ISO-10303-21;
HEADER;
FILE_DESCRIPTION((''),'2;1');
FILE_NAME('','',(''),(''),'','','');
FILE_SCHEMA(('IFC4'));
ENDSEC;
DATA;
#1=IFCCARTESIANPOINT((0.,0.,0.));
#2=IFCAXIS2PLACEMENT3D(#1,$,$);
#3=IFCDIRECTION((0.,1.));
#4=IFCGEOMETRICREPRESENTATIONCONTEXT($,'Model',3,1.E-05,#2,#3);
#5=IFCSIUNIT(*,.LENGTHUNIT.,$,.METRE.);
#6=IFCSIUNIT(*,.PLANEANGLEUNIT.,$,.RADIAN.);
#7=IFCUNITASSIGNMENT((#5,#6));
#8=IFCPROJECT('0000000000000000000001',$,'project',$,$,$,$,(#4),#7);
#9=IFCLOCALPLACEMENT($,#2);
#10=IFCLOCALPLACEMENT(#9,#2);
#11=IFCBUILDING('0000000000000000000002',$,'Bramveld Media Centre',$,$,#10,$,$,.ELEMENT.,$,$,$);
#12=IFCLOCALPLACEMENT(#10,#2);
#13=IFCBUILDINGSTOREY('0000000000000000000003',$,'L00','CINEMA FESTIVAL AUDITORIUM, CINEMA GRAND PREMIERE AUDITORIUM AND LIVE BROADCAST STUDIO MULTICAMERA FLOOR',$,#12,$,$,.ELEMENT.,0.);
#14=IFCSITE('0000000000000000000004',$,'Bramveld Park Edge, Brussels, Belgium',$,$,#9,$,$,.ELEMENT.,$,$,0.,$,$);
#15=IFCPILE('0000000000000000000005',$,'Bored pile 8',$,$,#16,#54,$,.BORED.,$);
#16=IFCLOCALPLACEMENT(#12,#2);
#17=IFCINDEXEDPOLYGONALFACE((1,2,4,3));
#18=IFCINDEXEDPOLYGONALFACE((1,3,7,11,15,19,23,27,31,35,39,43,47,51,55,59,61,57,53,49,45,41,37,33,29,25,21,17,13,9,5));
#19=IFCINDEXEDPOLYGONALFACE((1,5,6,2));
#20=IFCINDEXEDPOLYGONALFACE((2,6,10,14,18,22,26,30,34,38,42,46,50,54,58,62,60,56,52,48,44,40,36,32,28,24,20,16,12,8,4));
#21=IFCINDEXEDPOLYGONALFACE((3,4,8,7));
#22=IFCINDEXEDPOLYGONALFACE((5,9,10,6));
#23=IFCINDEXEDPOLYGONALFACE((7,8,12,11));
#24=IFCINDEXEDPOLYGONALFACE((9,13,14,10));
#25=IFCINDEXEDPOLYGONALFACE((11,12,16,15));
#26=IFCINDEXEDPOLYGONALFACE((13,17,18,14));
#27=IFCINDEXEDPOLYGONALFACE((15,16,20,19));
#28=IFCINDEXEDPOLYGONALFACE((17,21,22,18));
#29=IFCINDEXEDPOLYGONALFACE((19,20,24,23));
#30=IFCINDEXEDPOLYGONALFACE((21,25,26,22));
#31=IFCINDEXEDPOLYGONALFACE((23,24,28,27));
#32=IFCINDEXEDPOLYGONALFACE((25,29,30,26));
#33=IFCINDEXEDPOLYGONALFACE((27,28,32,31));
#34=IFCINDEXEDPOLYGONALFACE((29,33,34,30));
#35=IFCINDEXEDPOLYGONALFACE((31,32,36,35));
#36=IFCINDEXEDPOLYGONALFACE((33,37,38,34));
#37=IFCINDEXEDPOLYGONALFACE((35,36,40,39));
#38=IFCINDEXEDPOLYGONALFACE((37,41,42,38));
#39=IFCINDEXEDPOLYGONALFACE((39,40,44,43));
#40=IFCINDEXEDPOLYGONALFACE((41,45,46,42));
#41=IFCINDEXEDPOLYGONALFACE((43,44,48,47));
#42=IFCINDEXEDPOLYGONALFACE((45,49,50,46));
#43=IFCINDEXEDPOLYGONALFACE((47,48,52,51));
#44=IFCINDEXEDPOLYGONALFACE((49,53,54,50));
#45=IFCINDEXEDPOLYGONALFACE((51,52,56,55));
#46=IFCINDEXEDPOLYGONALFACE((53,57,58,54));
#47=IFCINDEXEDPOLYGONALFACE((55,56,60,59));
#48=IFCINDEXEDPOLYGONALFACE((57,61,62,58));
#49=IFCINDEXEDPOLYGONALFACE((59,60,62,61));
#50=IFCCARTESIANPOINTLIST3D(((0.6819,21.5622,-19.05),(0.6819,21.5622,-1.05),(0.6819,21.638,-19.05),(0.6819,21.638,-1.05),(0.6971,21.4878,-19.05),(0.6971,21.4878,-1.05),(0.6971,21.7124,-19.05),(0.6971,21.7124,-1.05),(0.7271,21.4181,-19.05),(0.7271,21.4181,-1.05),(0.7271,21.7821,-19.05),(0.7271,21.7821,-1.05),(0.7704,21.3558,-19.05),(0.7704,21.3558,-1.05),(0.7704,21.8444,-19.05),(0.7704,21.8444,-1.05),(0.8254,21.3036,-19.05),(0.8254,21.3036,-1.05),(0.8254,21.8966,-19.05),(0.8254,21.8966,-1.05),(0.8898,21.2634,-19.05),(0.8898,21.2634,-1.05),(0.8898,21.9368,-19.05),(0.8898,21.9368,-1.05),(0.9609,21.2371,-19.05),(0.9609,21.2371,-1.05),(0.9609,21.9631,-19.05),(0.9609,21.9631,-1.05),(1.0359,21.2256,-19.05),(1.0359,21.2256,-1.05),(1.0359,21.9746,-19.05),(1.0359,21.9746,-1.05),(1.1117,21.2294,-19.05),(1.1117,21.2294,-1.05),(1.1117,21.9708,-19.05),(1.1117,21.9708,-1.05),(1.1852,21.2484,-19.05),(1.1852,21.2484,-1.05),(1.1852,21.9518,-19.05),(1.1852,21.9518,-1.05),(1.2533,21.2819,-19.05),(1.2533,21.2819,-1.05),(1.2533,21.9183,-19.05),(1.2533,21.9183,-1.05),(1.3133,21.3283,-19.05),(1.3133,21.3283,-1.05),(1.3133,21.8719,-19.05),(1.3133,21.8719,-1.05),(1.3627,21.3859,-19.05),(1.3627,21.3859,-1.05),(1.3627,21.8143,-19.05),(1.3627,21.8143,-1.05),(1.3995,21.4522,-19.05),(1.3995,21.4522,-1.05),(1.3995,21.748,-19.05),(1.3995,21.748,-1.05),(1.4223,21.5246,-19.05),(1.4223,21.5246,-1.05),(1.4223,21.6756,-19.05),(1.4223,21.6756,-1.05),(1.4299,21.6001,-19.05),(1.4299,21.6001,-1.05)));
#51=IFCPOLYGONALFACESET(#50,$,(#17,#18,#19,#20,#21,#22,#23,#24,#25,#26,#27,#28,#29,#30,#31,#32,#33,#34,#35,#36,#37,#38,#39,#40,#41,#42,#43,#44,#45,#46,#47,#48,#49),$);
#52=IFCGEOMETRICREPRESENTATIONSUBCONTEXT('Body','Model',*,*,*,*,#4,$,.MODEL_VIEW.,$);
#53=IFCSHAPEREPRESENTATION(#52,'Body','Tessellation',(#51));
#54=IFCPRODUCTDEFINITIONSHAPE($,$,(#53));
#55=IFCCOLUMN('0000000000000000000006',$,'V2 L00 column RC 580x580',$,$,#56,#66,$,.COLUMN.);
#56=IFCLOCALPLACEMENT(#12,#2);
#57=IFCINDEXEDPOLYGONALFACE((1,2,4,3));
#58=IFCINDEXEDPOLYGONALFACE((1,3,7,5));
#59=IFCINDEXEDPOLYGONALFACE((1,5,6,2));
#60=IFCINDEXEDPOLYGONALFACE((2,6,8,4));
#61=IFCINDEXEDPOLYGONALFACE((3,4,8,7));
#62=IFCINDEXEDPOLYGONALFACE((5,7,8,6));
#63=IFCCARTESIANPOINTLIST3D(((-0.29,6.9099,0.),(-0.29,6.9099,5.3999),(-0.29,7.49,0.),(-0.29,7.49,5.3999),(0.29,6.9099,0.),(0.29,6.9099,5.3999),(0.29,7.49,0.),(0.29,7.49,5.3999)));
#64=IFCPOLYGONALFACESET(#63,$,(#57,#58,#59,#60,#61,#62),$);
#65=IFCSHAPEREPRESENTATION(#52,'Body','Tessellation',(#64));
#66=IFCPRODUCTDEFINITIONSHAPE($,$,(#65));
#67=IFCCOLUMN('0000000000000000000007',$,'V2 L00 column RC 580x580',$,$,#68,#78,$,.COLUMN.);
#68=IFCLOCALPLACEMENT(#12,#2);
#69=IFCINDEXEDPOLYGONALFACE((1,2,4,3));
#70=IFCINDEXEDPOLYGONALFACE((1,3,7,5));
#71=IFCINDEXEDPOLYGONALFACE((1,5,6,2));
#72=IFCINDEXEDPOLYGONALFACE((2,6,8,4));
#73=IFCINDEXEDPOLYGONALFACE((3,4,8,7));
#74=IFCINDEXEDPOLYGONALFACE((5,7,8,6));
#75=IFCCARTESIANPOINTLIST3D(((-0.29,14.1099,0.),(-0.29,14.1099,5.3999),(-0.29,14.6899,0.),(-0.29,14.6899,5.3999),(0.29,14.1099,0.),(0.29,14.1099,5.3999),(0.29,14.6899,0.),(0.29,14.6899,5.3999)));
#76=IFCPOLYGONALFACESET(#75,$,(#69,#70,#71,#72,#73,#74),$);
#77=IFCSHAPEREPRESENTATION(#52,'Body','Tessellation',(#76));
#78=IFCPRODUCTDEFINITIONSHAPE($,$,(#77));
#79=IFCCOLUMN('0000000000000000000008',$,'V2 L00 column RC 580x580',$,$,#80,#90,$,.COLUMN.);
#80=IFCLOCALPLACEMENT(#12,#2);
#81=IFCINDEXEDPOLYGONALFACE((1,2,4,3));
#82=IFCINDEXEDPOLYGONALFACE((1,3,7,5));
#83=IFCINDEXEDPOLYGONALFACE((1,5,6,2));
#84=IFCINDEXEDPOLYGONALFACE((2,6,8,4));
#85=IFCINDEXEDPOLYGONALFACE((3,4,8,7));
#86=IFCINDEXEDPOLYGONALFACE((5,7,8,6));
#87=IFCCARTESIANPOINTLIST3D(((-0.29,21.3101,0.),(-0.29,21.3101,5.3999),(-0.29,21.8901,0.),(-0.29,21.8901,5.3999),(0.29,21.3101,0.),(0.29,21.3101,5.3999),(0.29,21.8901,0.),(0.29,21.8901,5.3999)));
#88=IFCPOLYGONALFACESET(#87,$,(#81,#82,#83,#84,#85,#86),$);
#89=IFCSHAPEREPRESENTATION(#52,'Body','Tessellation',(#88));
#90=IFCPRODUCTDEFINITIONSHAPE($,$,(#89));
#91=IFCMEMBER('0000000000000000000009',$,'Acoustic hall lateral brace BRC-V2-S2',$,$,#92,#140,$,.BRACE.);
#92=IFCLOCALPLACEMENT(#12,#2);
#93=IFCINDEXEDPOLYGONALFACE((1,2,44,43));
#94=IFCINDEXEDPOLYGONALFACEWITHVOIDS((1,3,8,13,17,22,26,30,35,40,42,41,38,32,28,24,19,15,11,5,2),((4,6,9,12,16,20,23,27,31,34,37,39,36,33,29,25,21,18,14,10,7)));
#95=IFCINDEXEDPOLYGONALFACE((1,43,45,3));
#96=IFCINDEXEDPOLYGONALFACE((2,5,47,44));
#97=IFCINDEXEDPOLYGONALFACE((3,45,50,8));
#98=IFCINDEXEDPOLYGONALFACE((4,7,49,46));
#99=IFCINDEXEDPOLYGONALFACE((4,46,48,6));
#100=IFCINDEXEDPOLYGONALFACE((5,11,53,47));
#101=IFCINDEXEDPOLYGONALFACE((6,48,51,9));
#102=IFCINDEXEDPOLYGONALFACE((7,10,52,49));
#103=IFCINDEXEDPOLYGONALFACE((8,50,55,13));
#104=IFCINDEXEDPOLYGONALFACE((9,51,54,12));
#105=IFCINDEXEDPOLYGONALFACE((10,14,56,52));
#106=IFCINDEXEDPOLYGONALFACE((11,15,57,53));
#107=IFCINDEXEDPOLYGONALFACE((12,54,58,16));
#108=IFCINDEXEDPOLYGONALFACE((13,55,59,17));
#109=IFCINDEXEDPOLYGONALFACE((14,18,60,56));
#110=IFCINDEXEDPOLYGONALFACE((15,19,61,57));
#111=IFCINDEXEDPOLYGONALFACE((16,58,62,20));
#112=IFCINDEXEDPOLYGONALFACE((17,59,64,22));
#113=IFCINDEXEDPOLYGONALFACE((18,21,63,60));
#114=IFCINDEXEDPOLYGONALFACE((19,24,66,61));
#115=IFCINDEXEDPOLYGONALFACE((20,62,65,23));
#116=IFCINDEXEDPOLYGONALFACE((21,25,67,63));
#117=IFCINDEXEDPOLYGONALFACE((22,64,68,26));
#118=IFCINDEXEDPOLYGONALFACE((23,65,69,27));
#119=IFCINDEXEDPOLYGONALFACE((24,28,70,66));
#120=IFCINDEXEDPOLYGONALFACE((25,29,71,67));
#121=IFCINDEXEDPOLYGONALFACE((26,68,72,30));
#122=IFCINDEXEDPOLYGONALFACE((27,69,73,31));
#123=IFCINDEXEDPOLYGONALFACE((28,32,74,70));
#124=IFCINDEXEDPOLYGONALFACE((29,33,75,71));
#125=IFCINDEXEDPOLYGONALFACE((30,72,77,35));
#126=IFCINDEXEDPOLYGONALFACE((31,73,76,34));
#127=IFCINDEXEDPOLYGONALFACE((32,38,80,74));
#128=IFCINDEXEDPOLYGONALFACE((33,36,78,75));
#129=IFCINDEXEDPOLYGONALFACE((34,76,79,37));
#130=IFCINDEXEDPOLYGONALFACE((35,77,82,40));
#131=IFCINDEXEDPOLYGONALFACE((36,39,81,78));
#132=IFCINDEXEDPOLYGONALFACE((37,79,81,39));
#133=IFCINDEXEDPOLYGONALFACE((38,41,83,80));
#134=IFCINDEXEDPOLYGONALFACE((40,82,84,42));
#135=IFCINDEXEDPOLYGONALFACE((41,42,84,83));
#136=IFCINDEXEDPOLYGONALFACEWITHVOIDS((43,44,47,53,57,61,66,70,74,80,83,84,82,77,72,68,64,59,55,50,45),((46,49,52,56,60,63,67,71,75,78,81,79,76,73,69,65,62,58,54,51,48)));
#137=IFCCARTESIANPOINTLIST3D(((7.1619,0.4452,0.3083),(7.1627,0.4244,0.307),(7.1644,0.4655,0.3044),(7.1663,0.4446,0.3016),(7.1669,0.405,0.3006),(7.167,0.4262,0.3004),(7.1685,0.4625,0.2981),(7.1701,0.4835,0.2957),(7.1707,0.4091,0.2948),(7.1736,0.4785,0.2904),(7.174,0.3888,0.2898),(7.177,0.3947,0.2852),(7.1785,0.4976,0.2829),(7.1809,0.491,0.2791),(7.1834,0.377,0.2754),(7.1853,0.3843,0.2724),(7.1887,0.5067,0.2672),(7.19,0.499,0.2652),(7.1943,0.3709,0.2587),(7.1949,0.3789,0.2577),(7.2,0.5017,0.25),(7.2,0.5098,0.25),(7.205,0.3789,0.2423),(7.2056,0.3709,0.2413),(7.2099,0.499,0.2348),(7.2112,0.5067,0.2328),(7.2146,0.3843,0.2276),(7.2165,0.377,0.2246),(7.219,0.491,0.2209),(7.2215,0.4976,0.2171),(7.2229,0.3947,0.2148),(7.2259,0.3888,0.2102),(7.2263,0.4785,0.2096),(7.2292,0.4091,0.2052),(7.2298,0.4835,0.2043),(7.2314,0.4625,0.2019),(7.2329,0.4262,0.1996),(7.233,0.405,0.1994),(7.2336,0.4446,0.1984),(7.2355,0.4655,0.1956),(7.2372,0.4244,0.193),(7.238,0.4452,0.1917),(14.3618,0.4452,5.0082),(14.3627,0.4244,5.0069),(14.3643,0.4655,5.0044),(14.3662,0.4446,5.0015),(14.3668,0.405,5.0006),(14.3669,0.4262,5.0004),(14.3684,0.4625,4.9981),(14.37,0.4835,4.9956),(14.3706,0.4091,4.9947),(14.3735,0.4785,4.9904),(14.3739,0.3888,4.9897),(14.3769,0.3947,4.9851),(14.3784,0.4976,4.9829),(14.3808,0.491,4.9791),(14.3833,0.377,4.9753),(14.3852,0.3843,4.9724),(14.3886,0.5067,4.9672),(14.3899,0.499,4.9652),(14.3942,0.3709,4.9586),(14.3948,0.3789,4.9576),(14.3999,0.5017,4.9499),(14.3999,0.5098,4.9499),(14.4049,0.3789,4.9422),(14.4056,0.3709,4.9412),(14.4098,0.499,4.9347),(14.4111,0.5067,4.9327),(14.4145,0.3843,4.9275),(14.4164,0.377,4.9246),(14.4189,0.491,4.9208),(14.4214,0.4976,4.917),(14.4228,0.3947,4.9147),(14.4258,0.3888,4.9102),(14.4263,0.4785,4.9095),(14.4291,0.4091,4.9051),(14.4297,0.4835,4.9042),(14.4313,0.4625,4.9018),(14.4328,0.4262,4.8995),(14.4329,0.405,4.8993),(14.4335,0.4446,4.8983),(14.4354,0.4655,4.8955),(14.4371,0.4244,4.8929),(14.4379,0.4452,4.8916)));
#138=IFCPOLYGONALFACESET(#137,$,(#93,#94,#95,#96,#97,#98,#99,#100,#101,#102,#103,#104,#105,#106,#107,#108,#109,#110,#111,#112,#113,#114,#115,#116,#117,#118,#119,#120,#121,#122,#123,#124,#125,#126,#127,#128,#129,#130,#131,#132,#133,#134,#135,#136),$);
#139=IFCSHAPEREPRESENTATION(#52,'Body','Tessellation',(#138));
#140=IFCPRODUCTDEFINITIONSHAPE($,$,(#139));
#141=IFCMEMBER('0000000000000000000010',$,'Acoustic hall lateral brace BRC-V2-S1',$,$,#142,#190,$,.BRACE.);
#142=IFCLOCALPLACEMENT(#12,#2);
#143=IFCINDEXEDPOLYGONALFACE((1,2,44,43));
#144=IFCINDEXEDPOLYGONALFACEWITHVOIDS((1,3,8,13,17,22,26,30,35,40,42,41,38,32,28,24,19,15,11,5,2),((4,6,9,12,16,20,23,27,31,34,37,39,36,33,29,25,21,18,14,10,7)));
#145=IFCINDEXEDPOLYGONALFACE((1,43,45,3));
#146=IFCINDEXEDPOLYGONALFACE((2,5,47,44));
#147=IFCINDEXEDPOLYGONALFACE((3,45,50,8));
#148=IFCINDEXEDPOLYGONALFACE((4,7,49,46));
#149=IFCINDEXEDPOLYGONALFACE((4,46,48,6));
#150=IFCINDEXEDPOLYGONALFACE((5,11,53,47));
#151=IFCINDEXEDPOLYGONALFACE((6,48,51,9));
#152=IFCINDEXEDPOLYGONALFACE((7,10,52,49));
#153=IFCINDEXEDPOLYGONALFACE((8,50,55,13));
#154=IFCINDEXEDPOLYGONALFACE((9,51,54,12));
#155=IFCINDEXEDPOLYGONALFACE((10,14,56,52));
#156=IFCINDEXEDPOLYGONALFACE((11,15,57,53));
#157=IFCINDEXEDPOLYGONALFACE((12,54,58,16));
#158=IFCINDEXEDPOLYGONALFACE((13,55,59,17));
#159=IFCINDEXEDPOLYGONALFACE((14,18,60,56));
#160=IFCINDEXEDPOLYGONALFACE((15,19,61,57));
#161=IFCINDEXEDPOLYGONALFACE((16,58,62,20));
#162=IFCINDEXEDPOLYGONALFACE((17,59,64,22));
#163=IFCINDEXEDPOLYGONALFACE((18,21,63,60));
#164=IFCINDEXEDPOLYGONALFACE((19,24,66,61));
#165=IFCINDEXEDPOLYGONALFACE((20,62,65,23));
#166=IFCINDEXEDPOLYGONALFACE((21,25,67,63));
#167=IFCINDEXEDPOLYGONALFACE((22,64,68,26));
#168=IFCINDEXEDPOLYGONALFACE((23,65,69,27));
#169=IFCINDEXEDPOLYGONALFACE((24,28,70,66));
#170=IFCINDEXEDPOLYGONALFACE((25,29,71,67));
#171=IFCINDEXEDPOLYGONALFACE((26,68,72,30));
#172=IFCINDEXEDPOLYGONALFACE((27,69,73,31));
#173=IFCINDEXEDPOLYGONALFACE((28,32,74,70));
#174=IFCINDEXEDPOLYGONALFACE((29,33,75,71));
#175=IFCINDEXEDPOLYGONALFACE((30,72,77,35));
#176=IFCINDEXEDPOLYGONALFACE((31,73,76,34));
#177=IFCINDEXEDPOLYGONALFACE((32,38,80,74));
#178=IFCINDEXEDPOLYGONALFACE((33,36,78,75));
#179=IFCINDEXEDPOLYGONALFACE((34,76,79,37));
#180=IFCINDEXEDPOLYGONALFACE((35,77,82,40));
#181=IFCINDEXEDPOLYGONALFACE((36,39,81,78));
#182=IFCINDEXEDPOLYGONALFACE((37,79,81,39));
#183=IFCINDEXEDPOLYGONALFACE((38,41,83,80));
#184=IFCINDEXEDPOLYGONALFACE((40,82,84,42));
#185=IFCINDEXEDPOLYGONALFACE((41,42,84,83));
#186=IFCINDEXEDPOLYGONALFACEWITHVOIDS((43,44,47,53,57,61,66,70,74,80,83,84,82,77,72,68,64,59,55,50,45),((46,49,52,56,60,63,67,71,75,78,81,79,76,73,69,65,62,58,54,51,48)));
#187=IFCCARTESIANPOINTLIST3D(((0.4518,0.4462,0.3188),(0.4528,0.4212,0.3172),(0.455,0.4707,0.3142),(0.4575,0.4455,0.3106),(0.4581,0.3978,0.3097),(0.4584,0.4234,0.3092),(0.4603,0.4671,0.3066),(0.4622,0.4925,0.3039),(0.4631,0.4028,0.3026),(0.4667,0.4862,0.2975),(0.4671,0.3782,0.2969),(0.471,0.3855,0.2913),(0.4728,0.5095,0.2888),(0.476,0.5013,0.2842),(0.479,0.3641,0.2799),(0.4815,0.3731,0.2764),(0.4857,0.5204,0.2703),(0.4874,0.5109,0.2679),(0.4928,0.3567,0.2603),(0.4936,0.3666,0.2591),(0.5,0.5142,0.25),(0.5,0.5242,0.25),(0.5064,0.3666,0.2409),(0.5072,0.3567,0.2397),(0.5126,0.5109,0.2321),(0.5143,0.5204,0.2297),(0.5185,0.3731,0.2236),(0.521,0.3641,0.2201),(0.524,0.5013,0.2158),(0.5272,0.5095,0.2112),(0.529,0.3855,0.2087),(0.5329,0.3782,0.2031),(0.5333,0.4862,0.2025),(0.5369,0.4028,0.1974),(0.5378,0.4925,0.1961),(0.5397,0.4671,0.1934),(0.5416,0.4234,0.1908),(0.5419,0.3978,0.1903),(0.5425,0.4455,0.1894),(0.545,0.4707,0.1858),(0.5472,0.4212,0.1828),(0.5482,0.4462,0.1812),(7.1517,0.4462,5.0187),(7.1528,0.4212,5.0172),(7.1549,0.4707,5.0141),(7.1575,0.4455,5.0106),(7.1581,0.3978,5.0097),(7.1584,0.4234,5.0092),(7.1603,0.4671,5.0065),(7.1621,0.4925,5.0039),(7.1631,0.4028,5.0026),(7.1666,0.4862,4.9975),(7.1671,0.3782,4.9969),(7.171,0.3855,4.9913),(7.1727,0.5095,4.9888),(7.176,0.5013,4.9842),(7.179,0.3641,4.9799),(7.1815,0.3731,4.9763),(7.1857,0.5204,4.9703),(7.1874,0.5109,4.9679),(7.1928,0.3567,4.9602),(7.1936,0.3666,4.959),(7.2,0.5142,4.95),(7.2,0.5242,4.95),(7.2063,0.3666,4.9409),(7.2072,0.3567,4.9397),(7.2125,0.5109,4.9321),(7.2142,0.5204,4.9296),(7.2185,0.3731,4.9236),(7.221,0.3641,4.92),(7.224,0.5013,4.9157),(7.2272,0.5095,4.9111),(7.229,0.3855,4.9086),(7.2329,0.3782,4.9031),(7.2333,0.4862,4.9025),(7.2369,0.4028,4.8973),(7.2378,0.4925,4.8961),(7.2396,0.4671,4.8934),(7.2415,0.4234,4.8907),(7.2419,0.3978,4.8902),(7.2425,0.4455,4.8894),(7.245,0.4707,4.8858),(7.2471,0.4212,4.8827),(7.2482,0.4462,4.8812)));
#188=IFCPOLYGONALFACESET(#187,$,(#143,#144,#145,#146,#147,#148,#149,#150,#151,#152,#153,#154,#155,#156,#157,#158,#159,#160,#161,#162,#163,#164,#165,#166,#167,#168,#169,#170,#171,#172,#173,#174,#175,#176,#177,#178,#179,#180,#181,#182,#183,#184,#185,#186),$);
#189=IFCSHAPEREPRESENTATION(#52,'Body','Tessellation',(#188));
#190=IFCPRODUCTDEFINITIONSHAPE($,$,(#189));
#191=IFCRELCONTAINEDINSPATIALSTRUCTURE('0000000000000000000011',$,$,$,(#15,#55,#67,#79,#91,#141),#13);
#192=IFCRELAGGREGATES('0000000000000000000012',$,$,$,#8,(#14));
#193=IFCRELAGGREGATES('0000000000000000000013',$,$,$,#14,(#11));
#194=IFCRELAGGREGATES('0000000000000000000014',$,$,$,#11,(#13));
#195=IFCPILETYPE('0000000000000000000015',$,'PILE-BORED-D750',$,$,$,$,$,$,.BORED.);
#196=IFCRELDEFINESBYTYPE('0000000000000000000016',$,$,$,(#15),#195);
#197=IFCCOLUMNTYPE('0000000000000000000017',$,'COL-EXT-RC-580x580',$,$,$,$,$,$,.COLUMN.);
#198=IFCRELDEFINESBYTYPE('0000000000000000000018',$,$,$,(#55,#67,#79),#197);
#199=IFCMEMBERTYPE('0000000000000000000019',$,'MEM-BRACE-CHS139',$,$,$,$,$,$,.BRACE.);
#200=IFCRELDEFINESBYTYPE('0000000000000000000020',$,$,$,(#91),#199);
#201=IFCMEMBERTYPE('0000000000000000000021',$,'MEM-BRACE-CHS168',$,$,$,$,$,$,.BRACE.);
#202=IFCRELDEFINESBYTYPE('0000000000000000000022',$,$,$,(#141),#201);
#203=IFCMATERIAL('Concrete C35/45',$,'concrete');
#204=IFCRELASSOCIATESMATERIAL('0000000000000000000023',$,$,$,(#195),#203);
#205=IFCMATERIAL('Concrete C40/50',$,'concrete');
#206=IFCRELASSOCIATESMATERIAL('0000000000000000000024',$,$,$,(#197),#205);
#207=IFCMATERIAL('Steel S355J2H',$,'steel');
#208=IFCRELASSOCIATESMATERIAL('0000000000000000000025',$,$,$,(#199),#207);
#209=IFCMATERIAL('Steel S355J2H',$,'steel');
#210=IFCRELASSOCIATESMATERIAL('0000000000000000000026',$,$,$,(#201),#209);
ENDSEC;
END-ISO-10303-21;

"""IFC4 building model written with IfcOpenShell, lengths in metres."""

from ifc_helpers import new_model, si_unit, direction, frame, origin, origin_2d, place, context, subcontext, project, spatial, rectangle, circle, hollow_circle, extrude, material, material_profile, profile_set, type_object, element, save


model = new_model("IFC4")

# Units and contexts
model_context = context("Model", 3, precision=1e-05, world=origin(), true_north=direction((0.0, 1.0)))
body_context = subcontext(model_context, "Body", "Model", "MODEL_VIEW")
ifc_project = project(units=[si_unit("LENGTHUNIT", "METRE"), si_unit("PLANEANGLEUNIT", "RADIAN")], contexts=[model_context])

# Site, building, storey
site_placement = place(None, origin())
site = spatial("IfcSite", under=ifc_project, at=site_placement, Name="Bramveld Park Edge, Brussels, Belgium", CompositionType="ELEMENT", RefElevation=0.0)
building_placement = place(site_placement, origin())
building = spatial("IfcBuilding", under=site, at=building_placement, Name="Bramveld Media Centre", CompositionType="ELEMENT")
storey_placement = place(building_placement, origin())
storey = spatial("IfcBuildingStorey", under=building, at=storey_placement, Name="L00", Description="CINEMA FESTIVAL AUDITORIUM, CINEMA GRAND PREMIERE AUDITORIUM AND LIVE BROADCAST STUDIO MULTICAMERA FLOOR", CompositionType="ELEMENT", Elevation=0.0)

# Pile
ifc_material_1 = material(Name="Concrete C35/45", Category="concrete")
ifc_material_profile_1 = material_profile(ifc_material_1, circle(Radius=0.375, at=origin_2d()), Name="BORED D750")
ifc_profile_set_1 = profile_set([ifc_material_profile_1], Name="Concrete C35/45")
pile_type = type_object("IfcPileType", Name="PILE-BORED-D750", PredefinedType="BORED", material=ifc_profile_set_1)
for number, where, z_axis, x_axis, name in (
    (1, (1.0549, 21.6001, -1.05), (0.0, 0.0, -1.0), (1.0, 0.0, 0.0), "Bored pile 8"),
):
    element("IfcPile", number, at=place(storey_placement, frame(where, z_axis=z_axis, x_axis=x_axis)), inside=storey, type_object=pile_type, Name=name, PredefinedType="BORED", context=body_context, shape_type="SweptSolid", body=[
        extrude(circle(Radius=0.375, at=origin_2d()), origin(), (0.0, 0.0, 1.0), 18.0),
    ])

# Columns
ifc_material_2 = material(Name="Concrete C40/50", Category="concrete")
ifc_material_profile_2 = material_profile(ifc_material_2, rectangle(XDim=0.5801, YDim=0.5801, at=origin_2d()), Name="RC 580x580")
ifc_profile_set_2 = profile_set([ifc_material_profile_2], Name="Concrete C40/50")
column_type = type_object("IfcColumnType", Name="COL-EXT-RC-580x580", PredefinedType="COLUMN", material=ifc_profile_set_2)
for number, where, z_axis, x_axis, name in (
    (2, (0.0, 7.2, 0.0), (0.0, 0.0, 1.0), (1.0, 0.0, 0.0), "V2 L00 column RC 580x580"),
    (3, (0.0, 14.3999, 0.0), (0.0, 0.0, 1.0), (1.0, 0.0, 0.0), "V2 L00 column RC 580x580"),
    (4, (0.0, 21.6001, 0.0), (0.0, 0.0, 1.0), (1.0, 0.0, 0.0), "V2 L00 column RC 580x580"),
):
    element("IfcColumn", number, at=place(storey_placement, frame(where, z_axis=z_axis, x_axis=x_axis)), inside=storey, type_object=column_type, Name=name, PredefinedType="COLUMN", context=body_context, shape_type="SweptSolid", body=[
        extrude(rectangle(XDim=0.5801, YDim=0.5801, at=origin_2d()), origin(), (0.0, 0.0, 1.0), 5.3999),
    ])

# Members
ifc_material_3 = material(Name="Steel S355J2H", Category="steel")
ifc_material_profile_3 = material_profile(ifc_material_3, hollow_circle(Radius=0.0698, WallThickness=0.0081, at=origin_2d()), Name="CHS 139.7x8")
ifc_profile_set_3 = profile_set([ifc_material_profile_3], Name="Steel S355J2H")
member_type_1 = type_object("IfcMemberType", Name="MEM-BRACE-CHS139", PredefinedType="BRACE", material=ifc_profile_set_3)
member_1_placement = place(storey_placement, frame((7.2, 0.4399, 0.25), z_axis=(0.83738, 0.0, 0.546621), x_axis=(0.0, 1.0, 0.0)))
element("IfcMember", 5, at=member_1_placement, inside=storey, type_object=member_type_1, Name="Acoustic hall lateral brace BRC-V2-S2", PredefinedType="BRACE", context=body_context, shape_type="SweptSolid", body=[
    extrude(hollow_circle(Radius=0.0698, WallThickness=0.0081, at=origin_2d()), origin(), (0.0, 0.0, 1.0), 8.5981),
])
ifc_material_4 = material(Name="Steel S355J2H", Category="steel")
ifc_material_profile_4 = material_profile(ifc_material_4, hollow_circle(Radius=0.0842, WallThickness=0.01, at=origin_2d()), Name="CHS 168.3x10")
ifc_profile_set_4 = profile_set([ifc_material_profile_4], Name="Steel S355J2H")
member_type_2 = type_object("IfcMemberType", Name="MEM-BRACE-CHS168", PredefinedType="BRACE", material=ifc_profile_set_4)
member_2_placement = place(storey_placement, frame((0.5, 0.4399, 0.25), z_axis=(0.818658, 0.0, 0.574281), x_axis=(0.0, 1.0, 0.0)))
element("IfcMember", 6, at=member_2_placement, inside=storey, type_object=member_type_2, Name="Acoustic hall lateral brace BRC-V2-S1", PredefinedType="BRACE", context=body_context, shape_type="SweptSolid", body=[
    extrude(hollow_circle(Radius=0.0842, WallThickness=0.01, at=origin_2d()), origin(), (0.0, 0.0, 1.0), 8.1841),
])

save(model, "model.ifc")
